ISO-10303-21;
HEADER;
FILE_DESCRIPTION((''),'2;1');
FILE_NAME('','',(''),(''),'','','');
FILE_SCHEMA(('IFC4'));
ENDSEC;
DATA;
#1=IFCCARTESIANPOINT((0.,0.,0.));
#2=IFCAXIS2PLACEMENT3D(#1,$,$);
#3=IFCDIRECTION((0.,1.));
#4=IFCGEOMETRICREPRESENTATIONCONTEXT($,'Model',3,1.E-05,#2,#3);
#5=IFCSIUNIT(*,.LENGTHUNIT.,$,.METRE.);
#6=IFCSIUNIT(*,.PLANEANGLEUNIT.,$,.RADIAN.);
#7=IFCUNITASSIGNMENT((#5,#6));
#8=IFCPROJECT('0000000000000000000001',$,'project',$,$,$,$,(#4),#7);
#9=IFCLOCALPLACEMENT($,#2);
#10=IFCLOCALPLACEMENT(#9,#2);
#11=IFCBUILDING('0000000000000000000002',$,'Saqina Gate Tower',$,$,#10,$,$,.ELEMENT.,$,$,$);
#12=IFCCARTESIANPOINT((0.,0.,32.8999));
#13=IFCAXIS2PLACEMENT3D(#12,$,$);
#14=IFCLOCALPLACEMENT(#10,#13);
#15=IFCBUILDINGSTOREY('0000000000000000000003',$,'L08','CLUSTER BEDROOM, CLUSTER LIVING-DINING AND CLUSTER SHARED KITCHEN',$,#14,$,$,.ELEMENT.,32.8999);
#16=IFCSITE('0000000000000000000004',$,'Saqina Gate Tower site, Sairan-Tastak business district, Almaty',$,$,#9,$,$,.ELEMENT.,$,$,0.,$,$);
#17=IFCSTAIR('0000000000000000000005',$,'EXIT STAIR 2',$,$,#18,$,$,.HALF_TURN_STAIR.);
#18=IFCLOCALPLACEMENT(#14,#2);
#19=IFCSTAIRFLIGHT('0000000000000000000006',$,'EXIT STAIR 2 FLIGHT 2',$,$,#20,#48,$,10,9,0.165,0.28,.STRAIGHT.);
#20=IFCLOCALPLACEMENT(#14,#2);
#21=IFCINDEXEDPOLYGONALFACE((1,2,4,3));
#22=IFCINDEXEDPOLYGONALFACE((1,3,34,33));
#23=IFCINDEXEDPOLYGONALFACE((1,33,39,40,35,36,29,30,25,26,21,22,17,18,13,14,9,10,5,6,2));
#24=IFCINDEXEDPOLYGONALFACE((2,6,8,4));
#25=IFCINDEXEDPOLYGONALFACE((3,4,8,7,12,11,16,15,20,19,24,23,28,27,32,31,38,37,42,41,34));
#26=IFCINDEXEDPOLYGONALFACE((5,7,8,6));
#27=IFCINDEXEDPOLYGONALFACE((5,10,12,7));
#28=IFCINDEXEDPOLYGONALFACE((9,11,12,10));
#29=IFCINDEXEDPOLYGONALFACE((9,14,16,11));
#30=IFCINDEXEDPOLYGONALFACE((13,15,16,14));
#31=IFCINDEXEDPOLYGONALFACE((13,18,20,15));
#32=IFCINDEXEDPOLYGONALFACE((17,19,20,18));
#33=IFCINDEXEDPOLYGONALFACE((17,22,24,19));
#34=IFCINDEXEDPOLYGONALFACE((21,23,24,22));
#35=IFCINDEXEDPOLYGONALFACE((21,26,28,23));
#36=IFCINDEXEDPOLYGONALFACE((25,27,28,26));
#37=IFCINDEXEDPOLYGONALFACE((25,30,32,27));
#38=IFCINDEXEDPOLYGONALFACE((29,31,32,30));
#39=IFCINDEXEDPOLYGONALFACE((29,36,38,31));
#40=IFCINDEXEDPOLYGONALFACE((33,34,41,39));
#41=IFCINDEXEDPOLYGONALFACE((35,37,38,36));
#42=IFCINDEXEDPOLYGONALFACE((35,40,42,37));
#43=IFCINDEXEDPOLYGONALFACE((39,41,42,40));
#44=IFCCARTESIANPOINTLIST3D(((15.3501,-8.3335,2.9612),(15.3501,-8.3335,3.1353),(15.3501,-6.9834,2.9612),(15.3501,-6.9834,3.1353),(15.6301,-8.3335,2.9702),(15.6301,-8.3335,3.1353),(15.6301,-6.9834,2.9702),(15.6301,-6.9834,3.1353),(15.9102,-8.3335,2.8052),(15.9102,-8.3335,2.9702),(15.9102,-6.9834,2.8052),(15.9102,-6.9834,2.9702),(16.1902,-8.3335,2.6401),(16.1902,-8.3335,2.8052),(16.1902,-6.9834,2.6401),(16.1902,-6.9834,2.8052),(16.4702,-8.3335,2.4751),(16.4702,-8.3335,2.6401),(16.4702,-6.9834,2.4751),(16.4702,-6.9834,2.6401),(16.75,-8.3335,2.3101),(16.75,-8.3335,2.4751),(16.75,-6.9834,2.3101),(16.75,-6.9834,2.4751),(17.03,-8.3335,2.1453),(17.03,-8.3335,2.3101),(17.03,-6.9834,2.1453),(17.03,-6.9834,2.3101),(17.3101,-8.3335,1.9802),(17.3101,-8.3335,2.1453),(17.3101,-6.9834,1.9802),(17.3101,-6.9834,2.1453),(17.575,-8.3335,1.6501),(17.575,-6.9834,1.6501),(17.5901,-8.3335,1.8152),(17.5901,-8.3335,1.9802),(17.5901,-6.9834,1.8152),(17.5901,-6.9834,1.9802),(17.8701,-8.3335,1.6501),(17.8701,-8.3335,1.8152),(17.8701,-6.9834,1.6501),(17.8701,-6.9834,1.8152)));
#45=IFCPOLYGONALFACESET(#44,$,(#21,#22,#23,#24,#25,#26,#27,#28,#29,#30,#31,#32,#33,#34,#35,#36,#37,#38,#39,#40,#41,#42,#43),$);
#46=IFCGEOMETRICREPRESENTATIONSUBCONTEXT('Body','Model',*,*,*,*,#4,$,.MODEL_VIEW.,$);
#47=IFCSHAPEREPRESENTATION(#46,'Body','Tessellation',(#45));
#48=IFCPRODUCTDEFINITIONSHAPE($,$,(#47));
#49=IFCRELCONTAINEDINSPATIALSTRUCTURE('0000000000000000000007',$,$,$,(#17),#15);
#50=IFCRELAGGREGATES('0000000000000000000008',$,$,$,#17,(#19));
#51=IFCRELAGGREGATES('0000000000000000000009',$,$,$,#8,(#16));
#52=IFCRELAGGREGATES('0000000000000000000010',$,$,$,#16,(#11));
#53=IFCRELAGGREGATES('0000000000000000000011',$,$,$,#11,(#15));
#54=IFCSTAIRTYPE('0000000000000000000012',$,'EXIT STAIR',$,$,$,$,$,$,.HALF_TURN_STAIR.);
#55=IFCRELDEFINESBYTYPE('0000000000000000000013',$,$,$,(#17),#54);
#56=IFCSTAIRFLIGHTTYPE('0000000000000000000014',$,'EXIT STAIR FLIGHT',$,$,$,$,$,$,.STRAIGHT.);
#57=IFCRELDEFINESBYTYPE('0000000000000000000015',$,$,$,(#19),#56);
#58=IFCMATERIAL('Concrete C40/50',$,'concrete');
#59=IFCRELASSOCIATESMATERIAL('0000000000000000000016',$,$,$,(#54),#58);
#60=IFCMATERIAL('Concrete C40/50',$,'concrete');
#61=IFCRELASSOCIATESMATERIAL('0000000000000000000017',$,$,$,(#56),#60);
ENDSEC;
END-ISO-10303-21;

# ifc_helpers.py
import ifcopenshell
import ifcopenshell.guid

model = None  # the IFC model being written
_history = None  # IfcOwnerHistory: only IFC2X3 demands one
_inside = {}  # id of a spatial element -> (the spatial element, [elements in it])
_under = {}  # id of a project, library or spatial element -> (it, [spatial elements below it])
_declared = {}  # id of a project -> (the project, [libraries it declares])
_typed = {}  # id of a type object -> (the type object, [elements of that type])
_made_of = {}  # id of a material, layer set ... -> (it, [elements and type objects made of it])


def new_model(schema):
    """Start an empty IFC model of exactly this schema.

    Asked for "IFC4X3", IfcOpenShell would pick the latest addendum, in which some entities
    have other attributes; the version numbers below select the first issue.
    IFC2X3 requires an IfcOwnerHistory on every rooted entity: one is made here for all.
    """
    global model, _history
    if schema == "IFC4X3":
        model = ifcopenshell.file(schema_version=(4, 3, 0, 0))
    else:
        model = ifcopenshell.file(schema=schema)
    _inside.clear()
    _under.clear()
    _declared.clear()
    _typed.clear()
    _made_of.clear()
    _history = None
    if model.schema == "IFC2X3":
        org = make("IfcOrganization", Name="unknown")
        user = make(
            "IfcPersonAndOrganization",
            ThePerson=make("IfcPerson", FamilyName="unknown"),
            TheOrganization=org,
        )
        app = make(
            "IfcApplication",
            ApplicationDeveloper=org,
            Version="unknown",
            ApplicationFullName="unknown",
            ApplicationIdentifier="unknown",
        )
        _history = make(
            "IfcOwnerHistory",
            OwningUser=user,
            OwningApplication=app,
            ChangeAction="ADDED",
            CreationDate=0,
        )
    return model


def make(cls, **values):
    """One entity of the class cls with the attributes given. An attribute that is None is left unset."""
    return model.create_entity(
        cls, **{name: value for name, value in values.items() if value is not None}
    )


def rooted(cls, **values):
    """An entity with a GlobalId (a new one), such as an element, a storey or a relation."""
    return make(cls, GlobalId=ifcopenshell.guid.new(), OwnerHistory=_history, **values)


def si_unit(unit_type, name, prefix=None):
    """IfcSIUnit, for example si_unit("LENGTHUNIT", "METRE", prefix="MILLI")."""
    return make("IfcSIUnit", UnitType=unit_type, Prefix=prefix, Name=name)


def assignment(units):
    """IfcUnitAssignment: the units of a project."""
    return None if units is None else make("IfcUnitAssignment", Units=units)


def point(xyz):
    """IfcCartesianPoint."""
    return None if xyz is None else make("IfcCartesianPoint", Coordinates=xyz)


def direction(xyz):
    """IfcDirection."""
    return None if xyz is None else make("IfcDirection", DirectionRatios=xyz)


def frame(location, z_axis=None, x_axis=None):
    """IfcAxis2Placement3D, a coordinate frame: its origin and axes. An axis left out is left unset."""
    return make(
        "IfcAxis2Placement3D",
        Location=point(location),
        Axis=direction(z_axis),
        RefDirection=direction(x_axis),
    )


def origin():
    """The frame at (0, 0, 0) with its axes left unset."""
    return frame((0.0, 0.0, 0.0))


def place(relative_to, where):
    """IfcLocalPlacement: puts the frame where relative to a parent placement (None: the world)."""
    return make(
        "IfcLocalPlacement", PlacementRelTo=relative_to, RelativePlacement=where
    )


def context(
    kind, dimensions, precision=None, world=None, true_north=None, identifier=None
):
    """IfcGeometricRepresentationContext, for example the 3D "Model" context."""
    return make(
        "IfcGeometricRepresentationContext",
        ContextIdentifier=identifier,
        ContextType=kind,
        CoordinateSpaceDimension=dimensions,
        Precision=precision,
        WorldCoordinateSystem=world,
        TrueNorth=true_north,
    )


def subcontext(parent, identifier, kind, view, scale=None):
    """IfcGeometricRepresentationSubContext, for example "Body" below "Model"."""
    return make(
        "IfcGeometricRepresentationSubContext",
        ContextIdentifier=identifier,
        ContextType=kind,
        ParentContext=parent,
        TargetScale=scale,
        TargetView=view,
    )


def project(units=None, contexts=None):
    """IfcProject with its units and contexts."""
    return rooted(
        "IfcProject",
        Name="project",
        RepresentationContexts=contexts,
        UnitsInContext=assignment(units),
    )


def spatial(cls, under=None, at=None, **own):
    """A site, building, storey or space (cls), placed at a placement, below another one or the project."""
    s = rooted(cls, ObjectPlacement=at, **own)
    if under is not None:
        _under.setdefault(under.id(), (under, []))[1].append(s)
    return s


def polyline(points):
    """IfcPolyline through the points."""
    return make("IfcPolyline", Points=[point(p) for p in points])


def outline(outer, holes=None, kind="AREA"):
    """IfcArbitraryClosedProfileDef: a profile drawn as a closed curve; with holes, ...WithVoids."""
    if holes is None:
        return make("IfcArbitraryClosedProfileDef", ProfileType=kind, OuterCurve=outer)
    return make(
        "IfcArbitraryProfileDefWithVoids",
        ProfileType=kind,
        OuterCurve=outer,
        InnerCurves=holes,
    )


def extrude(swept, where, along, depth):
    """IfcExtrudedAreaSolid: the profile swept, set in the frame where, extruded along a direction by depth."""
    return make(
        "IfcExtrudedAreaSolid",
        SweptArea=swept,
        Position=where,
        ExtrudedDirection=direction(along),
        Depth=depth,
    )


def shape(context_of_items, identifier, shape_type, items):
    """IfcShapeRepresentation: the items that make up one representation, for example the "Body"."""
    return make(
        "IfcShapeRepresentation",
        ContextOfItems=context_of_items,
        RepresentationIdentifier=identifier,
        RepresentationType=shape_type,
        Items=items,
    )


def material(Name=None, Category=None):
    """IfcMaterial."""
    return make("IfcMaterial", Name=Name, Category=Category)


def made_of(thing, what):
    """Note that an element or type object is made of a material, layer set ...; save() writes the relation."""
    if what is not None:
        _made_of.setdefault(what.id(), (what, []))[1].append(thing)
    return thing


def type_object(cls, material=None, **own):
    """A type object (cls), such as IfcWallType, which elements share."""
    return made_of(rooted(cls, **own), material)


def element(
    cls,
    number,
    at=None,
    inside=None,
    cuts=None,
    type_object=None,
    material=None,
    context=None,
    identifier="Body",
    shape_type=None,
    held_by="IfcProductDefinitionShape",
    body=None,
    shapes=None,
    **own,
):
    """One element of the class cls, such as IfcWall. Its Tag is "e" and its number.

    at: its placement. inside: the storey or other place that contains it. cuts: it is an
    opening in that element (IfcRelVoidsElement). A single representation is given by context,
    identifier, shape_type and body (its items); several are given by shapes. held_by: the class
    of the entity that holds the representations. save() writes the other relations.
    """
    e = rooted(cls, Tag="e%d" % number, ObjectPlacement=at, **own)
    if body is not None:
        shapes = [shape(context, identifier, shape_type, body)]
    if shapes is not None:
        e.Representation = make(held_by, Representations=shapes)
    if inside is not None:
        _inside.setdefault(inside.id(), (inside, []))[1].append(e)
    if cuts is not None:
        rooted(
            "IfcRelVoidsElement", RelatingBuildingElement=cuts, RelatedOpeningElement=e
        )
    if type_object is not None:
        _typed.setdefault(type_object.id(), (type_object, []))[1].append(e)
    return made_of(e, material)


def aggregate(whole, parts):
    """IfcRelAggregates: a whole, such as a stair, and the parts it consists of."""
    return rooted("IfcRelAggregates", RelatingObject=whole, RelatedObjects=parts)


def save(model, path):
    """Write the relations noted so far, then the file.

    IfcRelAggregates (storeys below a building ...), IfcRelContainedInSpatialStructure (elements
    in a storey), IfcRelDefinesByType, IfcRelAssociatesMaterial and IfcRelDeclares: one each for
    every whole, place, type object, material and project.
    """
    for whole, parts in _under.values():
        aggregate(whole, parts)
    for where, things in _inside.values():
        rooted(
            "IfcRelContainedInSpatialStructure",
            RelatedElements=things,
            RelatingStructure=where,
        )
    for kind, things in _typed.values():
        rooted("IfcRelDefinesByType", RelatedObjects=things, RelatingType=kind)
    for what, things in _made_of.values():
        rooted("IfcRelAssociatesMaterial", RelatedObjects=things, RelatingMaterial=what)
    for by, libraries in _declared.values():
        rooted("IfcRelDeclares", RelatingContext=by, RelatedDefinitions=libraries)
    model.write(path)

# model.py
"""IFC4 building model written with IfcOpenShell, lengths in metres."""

from ifc_helpers import new_model, si_unit, direction, frame, origin, place, context, subcontext, project, spatial, polyline, outline, extrude, material, type_object, element, aggregate, save


model = new_model("IFC4")

# Units and contexts
model_context = context("Model", 3, precision=1e-05, world=origin(), true_north=direction((0.0, 1.0)))
body_context = subcontext(model_context, "Body", "Model", "MODEL_VIEW")
ifc_project = project(units=[si_unit("LENGTHUNIT", "METRE"), si_unit("PLANEANGLEUNIT", "RADIAN")], contexts=[model_context])

# Site, building, storey
site_placement = place(None, origin())
site = spatial("IfcSite", under=ifc_project, at=site_placement, Name="Saqina Gate Tower site, Sairan-Tastak business district, Almaty", CompositionType="ELEMENT", RefElevation=0.0)
building_placement = place(site_placement, origin())
building = spatial("IfcBuilding", under=site, at=building_placement, Name="Saqina Gate Tower", CompositionType="ELEMENT")
storey_placement = place(building_placement, frame((0.0, 0.0, 32.8999)))
storey = spatial("IfcBuildingStorey", under=building, at=storey_placement, Name="L08", Description="CLUSTER BEDROOM, CLUSTER LIVING-DINING AND CLUSTER SHARED KITCHEN", CompositionType="ELEMENT", Elevation=32.8999)

# Stair, stair flight
ifc_material_1 = material(Name="Concrete C40/50", Category="concrete")
stair_type = type_object("IfcStairType", Name="EXIT STAIR", PredefinedType="HALF_TURN_STAIR", material=ifc_material_1)
stair_placement = place(storey_placement, origin())
stair = element("IfcStair", 1, at=stair_placement, inside=storey, type_object=stair_type, Name="EXIT STAIR 2", PredefinedType="HALF_TURN_STAIR")
ifc_material_2 = material(Name="Concrete C40/50", Category="concrete")
stair_flight_type = type_object("IfcStairFlightType", Name="EXIT STAIR FLIGHT", PredefinedType="STRAIGHT", material=ifc_material_2)
stair_flight_1_placement = place(storey_placement, frame((17.8701, -7.6584, 1.6501), z_axis=(0.0, 0.0, 1.0), x_axis=(-1.0, 0.0, 0.0)))
stair_flight_1 = element("IfcStairFlight", 2, at=stair_flight_1_placement, type_object=stair_flight_type, Name="EXIT STAIR 2 FLIGHT 2", NumberOfRisers=10, NumberOfTreads=9, PredefinedType="STRAIGHT", RiserHeight=0.165, TreadLength=0.28, context=body_context, shape_type="SweptSolid", body=[
    extrude(outline(polyline([(0.0, 0.0), (0.0, 0.165), (0.28, 0.165), (0.28, 0.3301), (0.5601, 0.3301), (0.5601, 0.4951), (0.8401, 0.4951), (0.8401, 0.6599), (1.1201, 0.6599), (1.1201, 0.825), (1.3999, 0.825), (1.3999, 0.99), (1.6799, 0.99), (1.6799, 1.155), (1.96, 1.155), (1.96, 1.3201), (2.24, 1.3201), (2.24, 1.4851), (2.52, 1.4851), (2.52, 1.6499), (2.52, 1.311), (0.2952, 0.0), (0.0, 0.0)])), frame((0.0, 0.675, 0.0), z_axis=(0.0, -1.0, 0.0), x_axis=(1.0, 0.0, 0.0)), (0.0, 0.0, 1.0), 1.3501),
])
aggregate(stair, [stair_flight_1])

save(model, "model.ifc")
